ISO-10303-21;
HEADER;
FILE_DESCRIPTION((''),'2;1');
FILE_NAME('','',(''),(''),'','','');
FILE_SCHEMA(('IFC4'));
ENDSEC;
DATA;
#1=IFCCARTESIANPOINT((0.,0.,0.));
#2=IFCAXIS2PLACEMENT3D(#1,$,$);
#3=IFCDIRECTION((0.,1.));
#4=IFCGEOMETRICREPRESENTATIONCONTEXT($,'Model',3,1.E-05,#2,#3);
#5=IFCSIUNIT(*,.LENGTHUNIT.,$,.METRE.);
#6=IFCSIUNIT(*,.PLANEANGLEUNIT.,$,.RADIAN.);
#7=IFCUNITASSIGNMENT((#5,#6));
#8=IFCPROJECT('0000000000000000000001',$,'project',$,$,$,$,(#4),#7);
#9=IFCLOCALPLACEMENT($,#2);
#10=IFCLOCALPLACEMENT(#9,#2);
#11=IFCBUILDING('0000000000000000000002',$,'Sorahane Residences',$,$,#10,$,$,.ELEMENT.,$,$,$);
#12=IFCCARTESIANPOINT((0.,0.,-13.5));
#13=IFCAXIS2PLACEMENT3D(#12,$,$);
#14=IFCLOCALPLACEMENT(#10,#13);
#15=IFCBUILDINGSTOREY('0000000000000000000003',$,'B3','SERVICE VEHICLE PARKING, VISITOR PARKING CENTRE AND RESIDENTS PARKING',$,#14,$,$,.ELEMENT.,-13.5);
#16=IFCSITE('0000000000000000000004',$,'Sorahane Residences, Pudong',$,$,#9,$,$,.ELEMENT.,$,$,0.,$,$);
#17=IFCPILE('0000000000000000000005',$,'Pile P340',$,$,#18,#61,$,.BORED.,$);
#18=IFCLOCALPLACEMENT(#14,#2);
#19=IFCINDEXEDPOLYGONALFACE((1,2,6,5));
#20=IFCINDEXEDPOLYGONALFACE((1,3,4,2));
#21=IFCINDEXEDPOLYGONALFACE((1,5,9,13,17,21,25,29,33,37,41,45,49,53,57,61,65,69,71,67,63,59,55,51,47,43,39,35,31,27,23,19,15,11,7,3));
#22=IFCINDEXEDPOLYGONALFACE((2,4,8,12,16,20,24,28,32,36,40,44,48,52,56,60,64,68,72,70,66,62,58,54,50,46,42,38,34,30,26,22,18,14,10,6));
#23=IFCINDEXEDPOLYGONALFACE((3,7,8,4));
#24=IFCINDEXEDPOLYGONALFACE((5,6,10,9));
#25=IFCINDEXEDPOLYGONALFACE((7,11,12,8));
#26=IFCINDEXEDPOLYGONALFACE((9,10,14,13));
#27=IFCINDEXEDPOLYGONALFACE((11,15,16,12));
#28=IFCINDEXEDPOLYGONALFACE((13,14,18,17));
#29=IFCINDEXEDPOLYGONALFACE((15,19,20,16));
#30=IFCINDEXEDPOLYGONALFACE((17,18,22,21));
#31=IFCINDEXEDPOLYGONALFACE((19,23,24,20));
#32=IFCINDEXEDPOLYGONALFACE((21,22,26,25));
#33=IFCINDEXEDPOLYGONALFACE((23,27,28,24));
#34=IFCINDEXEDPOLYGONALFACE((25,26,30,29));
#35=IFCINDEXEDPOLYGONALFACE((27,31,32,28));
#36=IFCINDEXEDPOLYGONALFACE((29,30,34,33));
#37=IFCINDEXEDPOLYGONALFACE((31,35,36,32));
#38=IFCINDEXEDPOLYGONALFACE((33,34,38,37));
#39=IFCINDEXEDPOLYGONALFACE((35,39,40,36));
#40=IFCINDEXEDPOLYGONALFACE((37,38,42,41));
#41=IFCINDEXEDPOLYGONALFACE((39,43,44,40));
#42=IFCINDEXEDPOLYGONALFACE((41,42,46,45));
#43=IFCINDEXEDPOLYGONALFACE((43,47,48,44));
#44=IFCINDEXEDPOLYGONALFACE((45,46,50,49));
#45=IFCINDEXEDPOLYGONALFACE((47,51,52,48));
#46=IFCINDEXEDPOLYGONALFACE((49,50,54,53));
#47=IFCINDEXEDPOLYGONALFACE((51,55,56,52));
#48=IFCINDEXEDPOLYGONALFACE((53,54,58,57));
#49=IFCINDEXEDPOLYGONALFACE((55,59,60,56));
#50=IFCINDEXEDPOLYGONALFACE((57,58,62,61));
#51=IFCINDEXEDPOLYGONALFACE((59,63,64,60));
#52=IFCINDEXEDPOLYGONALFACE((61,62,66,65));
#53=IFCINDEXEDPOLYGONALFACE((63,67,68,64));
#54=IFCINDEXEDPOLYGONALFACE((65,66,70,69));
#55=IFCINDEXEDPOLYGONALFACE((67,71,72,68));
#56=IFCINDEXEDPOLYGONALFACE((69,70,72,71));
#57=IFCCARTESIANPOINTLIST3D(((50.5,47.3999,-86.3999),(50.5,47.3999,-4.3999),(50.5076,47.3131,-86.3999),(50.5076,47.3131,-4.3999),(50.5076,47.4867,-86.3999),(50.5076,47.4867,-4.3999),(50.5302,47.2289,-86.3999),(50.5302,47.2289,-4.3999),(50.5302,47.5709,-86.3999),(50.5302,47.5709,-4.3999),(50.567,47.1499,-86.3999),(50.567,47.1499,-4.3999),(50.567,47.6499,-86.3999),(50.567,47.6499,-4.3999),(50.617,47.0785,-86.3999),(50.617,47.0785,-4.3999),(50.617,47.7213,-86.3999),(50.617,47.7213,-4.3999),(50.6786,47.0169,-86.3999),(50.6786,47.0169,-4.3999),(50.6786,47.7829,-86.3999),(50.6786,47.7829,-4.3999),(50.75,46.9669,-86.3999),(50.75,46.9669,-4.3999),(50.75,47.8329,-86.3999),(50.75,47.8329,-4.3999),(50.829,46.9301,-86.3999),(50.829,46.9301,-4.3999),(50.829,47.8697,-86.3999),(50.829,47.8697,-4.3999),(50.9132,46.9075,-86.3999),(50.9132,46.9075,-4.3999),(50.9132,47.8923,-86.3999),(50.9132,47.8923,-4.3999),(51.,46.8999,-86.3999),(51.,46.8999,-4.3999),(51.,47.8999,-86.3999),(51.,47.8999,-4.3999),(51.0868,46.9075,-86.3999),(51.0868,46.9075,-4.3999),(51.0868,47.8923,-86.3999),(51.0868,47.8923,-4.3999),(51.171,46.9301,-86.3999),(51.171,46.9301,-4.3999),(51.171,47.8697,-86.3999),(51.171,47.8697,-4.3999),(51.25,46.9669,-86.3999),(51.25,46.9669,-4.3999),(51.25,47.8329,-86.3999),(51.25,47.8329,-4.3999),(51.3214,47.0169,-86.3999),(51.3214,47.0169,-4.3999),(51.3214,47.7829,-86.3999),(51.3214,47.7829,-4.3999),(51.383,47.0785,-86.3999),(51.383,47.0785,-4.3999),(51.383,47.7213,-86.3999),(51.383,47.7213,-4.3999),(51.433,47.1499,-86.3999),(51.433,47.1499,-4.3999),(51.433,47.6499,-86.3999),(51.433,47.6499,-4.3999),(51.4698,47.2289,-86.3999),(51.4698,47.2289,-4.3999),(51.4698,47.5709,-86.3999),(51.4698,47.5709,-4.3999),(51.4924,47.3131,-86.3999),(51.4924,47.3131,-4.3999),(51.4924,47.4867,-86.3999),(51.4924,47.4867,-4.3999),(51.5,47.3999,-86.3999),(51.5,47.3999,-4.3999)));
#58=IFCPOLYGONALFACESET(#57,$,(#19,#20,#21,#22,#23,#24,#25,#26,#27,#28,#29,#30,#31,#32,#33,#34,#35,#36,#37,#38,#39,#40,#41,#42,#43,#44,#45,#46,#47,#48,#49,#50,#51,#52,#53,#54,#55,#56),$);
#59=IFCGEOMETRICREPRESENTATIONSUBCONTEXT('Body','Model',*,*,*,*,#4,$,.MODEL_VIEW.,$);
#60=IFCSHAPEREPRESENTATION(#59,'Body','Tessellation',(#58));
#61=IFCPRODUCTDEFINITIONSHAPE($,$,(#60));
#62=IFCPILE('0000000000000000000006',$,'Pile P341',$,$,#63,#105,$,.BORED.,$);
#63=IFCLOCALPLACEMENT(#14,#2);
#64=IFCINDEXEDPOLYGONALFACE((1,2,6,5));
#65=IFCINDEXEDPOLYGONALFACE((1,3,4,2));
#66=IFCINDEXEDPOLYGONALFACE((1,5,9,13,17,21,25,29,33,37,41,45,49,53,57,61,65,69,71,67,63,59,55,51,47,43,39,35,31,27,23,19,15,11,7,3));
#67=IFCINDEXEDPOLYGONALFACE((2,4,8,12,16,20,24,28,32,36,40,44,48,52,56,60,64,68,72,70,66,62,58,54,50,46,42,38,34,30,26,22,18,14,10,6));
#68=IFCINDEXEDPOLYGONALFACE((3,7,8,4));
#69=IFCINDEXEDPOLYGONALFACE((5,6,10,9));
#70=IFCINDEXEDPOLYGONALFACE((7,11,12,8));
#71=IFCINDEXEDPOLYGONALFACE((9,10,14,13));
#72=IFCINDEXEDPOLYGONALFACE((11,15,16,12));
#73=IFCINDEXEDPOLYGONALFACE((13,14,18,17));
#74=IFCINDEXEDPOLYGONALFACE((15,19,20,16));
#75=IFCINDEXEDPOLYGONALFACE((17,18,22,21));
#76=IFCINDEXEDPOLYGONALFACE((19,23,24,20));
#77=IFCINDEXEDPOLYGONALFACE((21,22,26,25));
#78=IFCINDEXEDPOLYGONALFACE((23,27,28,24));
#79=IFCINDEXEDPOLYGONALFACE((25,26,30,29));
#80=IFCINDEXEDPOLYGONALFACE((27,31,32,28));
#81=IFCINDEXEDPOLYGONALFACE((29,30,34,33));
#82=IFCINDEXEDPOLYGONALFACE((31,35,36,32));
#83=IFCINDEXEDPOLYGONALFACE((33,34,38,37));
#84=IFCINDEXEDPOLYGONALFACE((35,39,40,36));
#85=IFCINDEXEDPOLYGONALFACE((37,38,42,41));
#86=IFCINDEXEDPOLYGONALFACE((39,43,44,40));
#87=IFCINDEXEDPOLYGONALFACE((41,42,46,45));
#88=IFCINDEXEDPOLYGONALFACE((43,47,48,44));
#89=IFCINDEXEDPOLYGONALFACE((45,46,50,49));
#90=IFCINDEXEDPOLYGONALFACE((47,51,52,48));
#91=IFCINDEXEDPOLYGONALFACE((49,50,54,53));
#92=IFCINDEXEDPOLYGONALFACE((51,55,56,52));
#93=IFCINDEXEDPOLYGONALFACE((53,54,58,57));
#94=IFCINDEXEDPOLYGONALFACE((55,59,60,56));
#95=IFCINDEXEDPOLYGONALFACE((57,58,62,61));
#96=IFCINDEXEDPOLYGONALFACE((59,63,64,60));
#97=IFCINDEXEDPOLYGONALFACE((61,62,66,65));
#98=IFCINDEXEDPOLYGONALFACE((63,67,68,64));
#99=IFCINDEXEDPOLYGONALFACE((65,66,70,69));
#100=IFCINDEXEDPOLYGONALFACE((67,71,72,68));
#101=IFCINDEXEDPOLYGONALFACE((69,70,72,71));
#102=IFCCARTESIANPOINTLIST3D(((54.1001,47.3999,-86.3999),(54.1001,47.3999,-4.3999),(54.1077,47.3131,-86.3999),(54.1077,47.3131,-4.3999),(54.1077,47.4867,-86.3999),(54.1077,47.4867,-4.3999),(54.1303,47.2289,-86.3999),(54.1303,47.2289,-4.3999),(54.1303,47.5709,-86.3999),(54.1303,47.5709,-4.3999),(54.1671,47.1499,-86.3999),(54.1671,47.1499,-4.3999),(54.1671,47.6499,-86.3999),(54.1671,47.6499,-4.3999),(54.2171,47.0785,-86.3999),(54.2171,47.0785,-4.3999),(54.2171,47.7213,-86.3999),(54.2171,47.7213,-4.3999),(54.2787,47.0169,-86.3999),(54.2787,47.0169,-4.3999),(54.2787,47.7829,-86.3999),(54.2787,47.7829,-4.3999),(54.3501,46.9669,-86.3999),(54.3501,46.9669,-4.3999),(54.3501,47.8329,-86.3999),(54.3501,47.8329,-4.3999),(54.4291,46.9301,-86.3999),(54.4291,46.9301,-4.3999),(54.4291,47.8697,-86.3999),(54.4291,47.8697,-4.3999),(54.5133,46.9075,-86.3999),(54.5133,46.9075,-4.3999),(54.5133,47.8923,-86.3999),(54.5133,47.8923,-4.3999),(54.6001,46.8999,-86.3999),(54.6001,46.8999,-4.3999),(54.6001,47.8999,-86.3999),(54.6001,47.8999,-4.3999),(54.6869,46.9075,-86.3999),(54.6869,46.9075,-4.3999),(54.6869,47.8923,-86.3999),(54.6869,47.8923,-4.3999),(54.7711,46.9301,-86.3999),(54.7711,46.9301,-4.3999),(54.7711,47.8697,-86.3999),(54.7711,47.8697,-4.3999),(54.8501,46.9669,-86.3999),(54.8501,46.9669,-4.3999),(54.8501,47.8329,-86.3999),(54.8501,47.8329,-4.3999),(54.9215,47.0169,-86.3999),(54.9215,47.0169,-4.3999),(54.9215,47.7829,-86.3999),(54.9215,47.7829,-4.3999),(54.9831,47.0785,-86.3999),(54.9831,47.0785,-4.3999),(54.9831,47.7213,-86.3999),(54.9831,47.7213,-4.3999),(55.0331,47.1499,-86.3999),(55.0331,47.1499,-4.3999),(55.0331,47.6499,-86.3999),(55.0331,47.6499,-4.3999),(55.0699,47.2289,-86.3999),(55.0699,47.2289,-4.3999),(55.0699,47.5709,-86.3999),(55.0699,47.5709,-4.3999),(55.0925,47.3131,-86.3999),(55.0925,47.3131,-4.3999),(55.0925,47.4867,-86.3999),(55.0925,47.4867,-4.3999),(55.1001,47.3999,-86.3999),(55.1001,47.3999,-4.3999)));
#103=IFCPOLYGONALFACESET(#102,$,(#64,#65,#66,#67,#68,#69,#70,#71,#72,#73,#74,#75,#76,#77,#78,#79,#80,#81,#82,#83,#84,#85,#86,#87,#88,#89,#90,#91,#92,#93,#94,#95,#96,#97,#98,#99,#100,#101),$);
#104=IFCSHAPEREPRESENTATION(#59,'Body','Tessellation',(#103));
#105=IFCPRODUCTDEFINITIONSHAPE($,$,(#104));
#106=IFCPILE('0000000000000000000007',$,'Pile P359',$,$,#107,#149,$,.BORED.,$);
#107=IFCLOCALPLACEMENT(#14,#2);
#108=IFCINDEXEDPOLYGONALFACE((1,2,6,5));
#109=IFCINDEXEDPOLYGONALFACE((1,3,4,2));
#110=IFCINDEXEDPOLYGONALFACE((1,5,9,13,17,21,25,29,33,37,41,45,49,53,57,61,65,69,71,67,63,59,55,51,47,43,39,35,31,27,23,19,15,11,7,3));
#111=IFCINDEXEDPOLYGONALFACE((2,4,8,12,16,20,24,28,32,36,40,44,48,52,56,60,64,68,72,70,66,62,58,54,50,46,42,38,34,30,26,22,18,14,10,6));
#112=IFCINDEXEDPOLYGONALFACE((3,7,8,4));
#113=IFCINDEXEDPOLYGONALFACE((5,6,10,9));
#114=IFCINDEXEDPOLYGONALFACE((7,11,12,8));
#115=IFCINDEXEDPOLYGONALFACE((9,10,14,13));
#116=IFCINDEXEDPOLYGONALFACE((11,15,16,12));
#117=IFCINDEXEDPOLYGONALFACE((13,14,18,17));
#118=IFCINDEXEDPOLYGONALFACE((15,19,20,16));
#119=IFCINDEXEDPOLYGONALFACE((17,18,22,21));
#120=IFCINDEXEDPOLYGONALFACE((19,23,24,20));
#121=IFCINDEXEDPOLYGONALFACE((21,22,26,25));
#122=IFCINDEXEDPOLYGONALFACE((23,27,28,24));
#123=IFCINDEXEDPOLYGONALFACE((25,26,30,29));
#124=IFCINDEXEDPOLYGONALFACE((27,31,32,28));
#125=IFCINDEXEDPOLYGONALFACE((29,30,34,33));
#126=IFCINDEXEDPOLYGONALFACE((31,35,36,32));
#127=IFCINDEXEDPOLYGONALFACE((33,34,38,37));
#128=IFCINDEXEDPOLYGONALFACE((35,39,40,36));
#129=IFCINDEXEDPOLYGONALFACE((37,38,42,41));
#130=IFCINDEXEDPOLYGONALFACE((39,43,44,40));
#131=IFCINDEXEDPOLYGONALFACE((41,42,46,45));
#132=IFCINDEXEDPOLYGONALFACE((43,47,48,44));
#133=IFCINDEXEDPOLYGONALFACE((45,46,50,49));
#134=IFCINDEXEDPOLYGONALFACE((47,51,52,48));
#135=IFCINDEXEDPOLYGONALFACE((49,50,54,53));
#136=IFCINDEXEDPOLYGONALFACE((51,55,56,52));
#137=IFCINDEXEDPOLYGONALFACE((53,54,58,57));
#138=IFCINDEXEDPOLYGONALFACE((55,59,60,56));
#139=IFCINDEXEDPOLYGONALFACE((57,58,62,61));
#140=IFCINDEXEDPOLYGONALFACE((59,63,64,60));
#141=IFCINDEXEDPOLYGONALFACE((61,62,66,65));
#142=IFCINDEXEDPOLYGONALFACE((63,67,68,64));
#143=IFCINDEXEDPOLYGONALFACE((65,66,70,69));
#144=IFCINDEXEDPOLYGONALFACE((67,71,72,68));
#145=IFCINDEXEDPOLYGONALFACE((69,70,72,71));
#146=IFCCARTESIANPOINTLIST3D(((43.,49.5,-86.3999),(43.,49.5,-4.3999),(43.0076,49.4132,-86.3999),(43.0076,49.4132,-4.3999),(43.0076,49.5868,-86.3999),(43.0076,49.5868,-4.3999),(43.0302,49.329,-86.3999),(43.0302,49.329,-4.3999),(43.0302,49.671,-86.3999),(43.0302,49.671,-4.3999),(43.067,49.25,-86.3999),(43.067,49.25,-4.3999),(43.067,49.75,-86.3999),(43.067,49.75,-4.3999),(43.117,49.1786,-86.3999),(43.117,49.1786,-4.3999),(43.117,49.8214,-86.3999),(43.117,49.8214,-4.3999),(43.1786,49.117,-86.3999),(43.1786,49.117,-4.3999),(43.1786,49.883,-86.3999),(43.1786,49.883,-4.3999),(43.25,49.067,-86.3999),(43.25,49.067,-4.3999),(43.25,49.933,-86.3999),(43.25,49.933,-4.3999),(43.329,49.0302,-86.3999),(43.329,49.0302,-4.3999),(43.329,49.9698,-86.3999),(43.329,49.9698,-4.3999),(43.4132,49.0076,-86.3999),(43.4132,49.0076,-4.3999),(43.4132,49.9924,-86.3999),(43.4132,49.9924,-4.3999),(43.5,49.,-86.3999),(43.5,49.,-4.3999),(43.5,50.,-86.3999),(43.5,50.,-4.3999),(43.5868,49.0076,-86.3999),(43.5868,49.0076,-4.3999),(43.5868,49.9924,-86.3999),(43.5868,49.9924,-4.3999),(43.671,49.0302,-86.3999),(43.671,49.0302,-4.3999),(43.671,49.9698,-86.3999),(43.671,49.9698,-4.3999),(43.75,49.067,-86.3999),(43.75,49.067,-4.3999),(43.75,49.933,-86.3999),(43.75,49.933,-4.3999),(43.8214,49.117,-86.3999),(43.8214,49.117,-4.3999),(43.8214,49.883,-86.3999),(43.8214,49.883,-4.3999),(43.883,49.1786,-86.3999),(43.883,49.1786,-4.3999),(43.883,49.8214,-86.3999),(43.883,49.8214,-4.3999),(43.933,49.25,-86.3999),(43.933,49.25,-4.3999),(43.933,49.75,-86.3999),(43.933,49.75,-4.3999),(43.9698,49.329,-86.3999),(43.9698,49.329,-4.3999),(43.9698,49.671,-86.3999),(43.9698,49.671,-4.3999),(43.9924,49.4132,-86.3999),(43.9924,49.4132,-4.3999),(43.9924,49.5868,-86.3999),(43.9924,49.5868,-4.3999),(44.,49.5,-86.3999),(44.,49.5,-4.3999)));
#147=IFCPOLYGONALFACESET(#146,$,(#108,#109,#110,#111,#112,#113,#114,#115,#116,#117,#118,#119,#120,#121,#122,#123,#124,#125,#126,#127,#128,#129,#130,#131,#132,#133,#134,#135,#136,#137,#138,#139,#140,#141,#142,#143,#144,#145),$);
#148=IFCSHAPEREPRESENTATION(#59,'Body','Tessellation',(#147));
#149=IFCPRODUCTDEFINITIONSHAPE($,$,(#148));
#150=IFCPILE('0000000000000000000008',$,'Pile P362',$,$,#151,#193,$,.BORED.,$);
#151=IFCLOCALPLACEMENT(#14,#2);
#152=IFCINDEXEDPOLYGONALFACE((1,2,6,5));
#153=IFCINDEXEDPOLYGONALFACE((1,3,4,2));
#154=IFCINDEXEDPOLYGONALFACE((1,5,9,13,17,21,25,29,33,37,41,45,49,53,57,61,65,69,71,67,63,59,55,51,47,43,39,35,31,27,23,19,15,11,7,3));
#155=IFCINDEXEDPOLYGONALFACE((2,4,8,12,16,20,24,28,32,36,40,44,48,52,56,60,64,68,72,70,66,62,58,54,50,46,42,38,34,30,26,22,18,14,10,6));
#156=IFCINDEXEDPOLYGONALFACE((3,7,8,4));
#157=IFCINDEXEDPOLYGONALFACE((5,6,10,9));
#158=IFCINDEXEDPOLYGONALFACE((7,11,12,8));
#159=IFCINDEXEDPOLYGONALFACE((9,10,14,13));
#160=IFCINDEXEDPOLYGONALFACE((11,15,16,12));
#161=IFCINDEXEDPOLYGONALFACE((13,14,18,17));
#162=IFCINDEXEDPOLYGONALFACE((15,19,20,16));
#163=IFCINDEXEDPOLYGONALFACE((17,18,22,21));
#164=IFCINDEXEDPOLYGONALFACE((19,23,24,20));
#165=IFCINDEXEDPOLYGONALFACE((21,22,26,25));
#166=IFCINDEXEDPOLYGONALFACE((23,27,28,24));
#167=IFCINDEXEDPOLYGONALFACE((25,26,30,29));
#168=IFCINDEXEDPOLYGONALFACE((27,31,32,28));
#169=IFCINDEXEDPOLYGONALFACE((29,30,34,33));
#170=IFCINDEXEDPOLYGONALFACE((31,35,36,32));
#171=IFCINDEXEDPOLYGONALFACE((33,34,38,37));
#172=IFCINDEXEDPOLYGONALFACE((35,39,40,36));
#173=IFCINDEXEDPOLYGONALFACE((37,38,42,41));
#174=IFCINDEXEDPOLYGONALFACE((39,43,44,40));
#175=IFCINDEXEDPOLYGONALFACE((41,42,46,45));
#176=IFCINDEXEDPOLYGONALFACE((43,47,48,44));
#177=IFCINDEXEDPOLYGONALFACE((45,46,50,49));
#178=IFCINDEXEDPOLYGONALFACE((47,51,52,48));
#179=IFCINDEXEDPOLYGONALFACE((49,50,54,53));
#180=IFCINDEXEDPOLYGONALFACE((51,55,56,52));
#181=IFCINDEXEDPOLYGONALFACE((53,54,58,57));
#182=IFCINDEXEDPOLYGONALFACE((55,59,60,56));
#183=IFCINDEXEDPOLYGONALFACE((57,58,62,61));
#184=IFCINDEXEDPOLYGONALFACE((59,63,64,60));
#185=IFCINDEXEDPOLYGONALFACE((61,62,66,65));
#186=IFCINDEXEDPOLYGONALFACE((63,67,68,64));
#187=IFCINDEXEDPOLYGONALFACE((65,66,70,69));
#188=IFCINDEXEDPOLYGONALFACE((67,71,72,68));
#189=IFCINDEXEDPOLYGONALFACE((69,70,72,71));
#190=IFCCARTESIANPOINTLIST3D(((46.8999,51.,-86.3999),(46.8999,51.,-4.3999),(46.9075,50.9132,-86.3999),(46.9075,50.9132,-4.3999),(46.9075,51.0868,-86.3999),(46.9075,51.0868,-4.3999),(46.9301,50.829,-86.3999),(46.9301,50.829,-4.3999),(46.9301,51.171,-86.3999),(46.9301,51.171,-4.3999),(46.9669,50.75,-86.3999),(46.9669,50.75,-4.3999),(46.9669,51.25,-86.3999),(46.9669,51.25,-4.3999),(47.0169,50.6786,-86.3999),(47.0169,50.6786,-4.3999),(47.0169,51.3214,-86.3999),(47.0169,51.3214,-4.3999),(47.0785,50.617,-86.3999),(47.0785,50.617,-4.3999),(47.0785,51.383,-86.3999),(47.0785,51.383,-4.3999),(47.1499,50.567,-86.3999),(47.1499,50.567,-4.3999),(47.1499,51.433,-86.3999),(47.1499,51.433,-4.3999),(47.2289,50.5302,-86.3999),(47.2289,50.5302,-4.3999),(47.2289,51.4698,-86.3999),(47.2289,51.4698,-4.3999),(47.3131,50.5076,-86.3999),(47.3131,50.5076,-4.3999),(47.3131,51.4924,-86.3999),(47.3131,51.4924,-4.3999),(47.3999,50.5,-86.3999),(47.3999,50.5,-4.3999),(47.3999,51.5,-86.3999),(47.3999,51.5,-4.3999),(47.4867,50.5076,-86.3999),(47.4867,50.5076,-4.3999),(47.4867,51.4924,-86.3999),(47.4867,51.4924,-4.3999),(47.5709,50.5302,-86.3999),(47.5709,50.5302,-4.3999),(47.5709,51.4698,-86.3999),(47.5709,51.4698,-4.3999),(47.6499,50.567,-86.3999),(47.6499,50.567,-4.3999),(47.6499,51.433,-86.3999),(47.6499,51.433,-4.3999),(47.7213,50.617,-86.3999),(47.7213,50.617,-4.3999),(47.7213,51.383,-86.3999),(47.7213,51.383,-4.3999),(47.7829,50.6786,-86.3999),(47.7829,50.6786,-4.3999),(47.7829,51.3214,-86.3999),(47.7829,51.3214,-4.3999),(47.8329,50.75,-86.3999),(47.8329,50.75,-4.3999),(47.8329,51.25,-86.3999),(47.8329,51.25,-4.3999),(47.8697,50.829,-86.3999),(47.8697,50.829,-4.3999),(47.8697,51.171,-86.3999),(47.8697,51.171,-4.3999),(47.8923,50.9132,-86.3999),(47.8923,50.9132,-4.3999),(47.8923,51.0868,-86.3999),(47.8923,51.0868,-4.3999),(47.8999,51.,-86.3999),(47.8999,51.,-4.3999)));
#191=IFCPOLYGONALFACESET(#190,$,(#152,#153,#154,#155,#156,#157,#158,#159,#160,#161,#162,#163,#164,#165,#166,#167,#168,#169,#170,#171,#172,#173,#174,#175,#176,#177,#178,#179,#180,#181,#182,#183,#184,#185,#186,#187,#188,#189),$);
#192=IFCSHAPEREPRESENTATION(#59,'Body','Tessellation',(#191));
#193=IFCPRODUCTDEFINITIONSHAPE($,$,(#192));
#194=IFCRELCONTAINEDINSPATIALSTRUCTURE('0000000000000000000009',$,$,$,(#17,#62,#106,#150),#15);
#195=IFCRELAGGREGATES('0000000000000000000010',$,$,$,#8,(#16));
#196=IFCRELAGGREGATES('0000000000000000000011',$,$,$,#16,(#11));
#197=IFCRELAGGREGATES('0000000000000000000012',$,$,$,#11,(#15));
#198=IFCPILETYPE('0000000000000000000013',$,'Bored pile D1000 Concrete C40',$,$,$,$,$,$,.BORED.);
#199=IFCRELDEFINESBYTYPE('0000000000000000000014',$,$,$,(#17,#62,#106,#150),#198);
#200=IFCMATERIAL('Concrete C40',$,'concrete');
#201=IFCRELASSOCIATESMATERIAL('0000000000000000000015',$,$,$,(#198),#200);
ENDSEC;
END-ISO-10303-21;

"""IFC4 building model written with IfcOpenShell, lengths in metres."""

from ifc_helpers import new_model, si_unit, direction, frame, origin, origin_2d, place, context, subcontext, project, spatial, circle, extrude, material, material_profile, profile_set, type_object, element, save


model = new_model("IFC4")

# Units and contexts
model_context = context("Model", 3, precision=1e-05, world=origin(), true_north=direction((0.0, 1.0)))
body_context = subcontext(model_context, "Body", "Model", "MODEL_VIEW")
ifc_project = project(units=[si_unit("LENGTHUNIT", "METRE"), si_unit("PLANEANGLEUNIT", "RADIAN")], contexts=[model_context])

# Site, building, storey
site_placement = place(None, origin())
site = spatial("IfcSite", under=ifc_project, at=site_placement, Name="Sorahane Residences, Pudong", CompositionType="ELEMENT", RefElevation=0.0)
building_placement = place(site_placement, origin())
building = spatial("IfcBuilding", under=site, at=building_placement, Name="Sorahane Residences", CompositionType="ELEMENT")
storey_placement = place(building_placement, frame((0.0, 0.0, -13.5)))
storey = spatial("IfcBuildingStorey", under=building, at=storey_placement, Name="B3", Description="SERVICE VEHICLE PARKING, VISITOR PARKING CENTRE AND RESIDENTS PARKING", CompositionType="ELEMENT", Elevation=-13.5)

# Piles
ifc_material_1 = material(Name="Concrete C40", Category="concrete")
ifc_material_profile_1 = material_profile(ifc_material_1, circle(Radius=0.5, at=origin_2d()), Name="D1000")
ifc_profile_set_1 = profile_set([ifc_material_profile_1], Name="Concrete C40")
pile_type = type_object("IfcPileType", Name="Bored pile D1000 Concrete C40", PredefinedType="BORED", material=ifc_profile_set_1)
for number, where, z_axis, x_axis, name in (
    (1, (51.0, 47.3999, -4.3999), (0.0, 0.0, -1.0), (1.0, 0.0, 0.0), "Pile P340"),
    (2, (54.6001, 47.3999, -4.3999), (0.0, 0.0, -1.0), (1.0, 0.0, 0.0), "Pile P341"),
    (3, (43.5, 49.5, -4.3999), (0.0, 0.0, -1.0), (1.0, 0.0, 0.0), "Pile P359"),
    (4, (47.3999, 51.0, -4.3999), (0.0, 0.0, -1.0), (1.0, 0.0, 0.0), "Pile P362"),
):
    element("IfcPile", number, at=place(storey_placement, frame(where, z_axis=z_axis, x_axis=x_axis)), inside=storey, type_object=pile_type, Name=name, PredefinedType="BORED", context=body_context, shape_type="SweptSolid", body=[
        extrude(circle(Radius=0.5, at=origin_2d()), origin(), (0.0, 0.0, 1.0), 82.0),
    ])

save(model, "model.ifc")
